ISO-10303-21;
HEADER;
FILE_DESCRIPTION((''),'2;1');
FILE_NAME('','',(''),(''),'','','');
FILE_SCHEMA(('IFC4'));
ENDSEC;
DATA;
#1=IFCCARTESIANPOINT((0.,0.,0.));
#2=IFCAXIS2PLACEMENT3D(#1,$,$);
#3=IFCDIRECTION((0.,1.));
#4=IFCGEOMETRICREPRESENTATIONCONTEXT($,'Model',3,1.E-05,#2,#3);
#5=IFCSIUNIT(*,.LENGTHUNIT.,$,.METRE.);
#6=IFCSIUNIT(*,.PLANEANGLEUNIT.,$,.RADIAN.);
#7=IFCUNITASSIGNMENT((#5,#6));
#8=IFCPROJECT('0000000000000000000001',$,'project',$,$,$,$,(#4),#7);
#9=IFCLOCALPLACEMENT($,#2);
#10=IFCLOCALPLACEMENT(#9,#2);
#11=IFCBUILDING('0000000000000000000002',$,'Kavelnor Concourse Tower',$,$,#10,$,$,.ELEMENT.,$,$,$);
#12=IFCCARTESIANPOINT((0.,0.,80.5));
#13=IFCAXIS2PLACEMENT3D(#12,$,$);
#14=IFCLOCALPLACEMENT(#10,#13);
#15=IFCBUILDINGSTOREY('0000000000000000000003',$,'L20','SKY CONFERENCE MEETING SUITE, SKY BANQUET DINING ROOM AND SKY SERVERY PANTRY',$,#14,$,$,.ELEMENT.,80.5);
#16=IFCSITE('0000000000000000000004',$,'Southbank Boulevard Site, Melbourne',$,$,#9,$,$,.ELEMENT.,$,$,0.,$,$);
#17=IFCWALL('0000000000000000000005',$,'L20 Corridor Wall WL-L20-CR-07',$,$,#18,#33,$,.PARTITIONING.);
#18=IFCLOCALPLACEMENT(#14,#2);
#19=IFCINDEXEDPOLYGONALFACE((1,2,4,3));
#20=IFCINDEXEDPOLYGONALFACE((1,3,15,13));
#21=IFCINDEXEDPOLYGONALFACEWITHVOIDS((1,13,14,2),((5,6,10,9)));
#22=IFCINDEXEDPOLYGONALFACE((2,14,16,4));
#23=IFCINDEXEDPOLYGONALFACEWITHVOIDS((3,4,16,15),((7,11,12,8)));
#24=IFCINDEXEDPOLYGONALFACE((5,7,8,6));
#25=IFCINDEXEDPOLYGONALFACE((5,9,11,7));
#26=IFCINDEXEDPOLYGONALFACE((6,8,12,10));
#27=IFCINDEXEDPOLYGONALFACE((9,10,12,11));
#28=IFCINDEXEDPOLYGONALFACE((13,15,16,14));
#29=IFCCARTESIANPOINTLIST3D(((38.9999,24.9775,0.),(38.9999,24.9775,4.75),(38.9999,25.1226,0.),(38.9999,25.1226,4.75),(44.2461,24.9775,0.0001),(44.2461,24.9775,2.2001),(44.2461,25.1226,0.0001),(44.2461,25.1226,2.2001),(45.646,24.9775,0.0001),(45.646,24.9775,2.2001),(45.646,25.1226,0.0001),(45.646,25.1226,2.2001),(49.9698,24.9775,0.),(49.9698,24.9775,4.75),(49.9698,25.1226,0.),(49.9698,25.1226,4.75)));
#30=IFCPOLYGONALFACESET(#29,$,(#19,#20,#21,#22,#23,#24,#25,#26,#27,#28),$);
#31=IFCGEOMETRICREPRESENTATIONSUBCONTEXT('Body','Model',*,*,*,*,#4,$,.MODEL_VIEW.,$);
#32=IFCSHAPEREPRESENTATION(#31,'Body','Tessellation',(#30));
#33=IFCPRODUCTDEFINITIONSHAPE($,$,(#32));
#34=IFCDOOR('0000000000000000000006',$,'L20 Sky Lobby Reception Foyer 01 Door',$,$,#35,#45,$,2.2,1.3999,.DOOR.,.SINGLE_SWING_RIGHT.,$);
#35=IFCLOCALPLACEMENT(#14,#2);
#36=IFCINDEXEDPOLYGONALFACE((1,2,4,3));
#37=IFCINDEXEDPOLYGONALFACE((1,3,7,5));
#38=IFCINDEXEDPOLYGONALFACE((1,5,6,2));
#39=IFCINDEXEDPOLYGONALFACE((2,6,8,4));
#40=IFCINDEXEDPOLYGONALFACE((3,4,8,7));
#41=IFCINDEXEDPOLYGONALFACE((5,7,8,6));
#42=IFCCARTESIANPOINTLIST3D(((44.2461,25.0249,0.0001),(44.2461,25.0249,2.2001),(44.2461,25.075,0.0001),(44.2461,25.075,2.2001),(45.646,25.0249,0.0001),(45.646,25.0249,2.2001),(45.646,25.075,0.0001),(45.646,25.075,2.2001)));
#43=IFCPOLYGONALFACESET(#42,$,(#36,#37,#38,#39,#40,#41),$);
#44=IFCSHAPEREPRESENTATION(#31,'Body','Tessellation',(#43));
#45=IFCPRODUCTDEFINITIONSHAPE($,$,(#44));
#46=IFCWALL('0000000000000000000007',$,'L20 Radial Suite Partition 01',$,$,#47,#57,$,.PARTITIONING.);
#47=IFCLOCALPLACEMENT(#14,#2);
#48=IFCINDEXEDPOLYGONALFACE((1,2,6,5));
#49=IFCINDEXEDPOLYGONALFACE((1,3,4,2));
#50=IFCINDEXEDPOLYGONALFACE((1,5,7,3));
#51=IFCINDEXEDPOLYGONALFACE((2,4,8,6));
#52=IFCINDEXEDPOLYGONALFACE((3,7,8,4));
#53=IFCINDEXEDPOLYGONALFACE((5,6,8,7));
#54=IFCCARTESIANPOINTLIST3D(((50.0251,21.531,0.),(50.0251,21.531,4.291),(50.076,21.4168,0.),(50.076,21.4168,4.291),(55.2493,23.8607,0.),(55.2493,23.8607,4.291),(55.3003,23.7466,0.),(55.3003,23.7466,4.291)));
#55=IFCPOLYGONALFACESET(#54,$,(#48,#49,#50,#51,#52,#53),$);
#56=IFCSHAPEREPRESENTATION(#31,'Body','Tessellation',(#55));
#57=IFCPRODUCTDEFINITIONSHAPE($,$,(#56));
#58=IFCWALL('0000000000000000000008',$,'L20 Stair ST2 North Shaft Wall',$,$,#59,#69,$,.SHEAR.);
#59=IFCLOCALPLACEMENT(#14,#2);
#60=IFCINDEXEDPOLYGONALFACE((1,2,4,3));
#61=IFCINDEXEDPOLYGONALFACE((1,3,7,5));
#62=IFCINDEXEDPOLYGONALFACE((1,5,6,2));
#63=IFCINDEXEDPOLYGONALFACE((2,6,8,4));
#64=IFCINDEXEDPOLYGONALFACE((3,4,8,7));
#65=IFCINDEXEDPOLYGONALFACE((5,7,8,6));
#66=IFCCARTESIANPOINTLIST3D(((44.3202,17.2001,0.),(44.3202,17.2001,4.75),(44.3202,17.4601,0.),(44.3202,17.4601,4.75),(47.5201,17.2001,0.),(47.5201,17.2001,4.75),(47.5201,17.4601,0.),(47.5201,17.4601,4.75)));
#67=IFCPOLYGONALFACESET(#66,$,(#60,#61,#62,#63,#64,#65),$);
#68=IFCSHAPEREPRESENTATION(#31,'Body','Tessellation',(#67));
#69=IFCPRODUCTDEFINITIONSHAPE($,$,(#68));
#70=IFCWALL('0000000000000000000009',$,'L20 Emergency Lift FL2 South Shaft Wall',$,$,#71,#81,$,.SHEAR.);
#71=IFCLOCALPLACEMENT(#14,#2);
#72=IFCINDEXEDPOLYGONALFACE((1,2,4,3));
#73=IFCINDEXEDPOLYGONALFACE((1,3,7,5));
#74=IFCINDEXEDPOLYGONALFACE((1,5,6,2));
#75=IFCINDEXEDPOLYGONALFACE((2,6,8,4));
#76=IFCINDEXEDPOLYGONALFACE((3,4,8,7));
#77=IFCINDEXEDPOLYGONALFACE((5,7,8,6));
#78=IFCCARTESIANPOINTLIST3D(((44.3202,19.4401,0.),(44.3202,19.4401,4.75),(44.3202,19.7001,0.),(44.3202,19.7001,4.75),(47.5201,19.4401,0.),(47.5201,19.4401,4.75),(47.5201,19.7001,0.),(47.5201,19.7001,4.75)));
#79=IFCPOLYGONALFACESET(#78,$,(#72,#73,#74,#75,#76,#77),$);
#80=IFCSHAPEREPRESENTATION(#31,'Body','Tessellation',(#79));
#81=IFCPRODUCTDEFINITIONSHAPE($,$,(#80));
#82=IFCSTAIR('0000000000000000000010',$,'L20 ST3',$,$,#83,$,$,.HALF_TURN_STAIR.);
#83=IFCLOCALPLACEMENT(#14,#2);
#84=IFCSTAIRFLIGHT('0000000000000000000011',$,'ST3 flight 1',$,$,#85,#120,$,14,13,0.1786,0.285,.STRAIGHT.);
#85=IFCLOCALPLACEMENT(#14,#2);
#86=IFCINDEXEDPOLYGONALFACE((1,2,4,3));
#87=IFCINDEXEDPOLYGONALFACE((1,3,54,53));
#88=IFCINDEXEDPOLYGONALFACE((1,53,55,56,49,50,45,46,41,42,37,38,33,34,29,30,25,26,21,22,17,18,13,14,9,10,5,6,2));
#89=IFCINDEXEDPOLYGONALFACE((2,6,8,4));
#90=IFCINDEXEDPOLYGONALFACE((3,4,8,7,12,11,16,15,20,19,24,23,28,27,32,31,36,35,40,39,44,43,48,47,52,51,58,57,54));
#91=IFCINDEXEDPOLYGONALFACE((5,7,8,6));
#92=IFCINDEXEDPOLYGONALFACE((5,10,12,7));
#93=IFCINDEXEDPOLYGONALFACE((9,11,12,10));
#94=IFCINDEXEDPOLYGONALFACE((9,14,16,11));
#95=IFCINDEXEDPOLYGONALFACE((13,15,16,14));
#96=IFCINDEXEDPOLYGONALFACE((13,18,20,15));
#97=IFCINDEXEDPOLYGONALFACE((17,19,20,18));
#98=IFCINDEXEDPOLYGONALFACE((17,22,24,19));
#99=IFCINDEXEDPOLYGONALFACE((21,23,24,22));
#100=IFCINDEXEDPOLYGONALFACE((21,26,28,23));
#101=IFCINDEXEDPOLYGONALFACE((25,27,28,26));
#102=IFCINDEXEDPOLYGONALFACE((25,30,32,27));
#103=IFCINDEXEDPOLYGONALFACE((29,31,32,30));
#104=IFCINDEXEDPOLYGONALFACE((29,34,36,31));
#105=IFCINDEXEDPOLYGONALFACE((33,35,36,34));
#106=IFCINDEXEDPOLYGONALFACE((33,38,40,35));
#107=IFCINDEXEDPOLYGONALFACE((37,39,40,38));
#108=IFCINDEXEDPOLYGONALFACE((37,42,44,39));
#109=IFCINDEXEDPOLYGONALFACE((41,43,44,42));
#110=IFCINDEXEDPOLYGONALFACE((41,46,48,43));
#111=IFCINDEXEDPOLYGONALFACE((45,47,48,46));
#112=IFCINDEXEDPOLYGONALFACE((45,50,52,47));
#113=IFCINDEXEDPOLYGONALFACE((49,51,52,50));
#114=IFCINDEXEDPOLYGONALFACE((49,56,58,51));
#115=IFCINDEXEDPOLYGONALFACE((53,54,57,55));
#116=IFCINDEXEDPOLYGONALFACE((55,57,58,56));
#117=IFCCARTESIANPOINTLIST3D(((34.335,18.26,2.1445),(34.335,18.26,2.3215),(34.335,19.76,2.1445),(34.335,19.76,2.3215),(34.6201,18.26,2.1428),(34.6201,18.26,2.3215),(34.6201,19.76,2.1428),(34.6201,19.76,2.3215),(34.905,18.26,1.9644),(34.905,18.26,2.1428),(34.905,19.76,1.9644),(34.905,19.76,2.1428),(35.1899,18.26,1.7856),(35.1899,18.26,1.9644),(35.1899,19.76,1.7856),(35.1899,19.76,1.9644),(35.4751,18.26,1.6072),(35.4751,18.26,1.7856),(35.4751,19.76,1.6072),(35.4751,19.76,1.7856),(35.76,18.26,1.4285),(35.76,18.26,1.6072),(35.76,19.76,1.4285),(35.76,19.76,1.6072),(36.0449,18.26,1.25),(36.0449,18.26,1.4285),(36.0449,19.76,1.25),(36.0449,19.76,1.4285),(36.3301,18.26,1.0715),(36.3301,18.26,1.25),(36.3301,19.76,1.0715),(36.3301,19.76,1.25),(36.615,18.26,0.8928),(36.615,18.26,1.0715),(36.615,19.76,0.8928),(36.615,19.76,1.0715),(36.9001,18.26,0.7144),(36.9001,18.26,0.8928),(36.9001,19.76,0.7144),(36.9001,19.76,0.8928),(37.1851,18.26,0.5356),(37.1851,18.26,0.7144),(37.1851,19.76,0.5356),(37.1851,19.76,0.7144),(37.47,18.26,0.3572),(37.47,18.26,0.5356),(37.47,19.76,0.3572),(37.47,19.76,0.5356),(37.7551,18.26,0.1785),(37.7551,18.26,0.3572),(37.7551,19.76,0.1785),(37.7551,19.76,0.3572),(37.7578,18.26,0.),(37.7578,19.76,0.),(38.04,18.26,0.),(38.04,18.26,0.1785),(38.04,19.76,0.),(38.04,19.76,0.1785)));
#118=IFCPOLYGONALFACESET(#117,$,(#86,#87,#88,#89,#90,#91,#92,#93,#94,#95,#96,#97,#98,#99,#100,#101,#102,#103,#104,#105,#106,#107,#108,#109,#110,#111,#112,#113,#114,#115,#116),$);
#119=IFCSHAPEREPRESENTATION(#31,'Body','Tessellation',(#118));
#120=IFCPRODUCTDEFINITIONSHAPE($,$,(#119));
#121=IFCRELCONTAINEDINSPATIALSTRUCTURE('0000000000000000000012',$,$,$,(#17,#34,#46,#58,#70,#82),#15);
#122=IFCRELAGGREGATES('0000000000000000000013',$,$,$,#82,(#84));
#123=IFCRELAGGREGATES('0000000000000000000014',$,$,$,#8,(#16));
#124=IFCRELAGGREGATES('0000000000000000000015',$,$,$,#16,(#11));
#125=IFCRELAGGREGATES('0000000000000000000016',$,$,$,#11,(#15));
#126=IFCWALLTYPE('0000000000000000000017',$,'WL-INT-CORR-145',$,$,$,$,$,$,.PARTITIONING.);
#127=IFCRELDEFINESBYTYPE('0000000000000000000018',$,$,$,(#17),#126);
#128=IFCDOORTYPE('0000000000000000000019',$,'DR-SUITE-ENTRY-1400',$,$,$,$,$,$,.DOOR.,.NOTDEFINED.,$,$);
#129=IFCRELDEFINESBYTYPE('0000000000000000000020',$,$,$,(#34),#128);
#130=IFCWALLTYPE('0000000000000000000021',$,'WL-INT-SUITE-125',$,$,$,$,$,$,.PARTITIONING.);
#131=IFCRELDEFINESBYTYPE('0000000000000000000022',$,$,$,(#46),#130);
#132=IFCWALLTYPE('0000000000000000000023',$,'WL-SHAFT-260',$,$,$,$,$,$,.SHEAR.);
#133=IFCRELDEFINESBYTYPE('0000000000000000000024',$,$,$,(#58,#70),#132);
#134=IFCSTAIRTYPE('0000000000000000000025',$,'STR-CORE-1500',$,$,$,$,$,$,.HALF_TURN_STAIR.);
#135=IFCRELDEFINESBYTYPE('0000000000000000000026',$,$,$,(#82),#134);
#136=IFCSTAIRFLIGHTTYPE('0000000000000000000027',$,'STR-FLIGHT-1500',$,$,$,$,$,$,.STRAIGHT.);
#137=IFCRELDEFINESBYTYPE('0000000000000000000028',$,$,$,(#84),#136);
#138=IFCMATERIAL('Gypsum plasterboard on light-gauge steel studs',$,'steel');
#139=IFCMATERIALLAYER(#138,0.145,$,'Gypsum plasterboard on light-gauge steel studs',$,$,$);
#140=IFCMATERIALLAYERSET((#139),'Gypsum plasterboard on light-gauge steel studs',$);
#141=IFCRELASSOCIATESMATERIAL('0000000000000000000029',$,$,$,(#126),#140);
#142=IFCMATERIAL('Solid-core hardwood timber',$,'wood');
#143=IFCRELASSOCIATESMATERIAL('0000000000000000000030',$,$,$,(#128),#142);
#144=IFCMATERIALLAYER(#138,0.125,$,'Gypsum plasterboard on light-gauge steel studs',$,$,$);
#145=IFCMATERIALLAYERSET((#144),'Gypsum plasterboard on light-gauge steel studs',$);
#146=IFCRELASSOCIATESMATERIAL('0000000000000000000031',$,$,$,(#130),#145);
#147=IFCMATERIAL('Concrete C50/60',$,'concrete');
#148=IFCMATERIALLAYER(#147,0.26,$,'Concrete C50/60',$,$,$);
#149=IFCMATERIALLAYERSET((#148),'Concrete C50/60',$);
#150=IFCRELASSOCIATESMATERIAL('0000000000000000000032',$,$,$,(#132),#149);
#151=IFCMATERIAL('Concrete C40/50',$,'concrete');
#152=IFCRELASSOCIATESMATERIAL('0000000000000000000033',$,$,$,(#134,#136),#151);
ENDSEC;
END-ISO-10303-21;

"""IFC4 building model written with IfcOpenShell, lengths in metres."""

from ifc_helpers import new_model, si_unit, direction, frame, frame_2d, origin, place, context, subcontext, project, spatial, polyline, rectangle, outline, extrude, material, layer, layer_set, type_object, element, fill, aggregate, save


model = new_model("IFC4")

# Units and contexts
model_context = context("Model", 3, precision=1e-05, world=origin(), true_north=direction((0.0, 1.0)))
body_context = subcontext(model_context, "Body", "Model", "MODEL_VIEW")
ifc_project = project(units=[si_unit("LENGTHUNIT", "METRE"), si_unit("PLANEANGLEUNIT", "RADIAN")], contexts=[model_context])

# Site, building, storey
site_placement = place(None, origin())
site = spatial("IfcSite", under=ifc_project, at=site_placement, Name="Southbank Boulevard Site, Melbourne", CompositionType="ELEMENT", RefElevation=0.0)
building_placement = place(site_placement, origin())
building = spatial("IfcBuilding", under=site, at=building_placement, Name="Kavelnor Concourse Tower", CompositionType="ELEMENT")
storey_placement = place(building_placement, frame((0.0, 0.0, 80.5)))
storey = spatial("IfcBuildingStorey", under=building, at=storey_placement, Name="L20", Description="SKY CONFERENCE MEETING SUITE, SKY BANQUET DINING ROOM AND SKY SERVERY PANTRY", CompositionType="ELEMENT", Elevation=80.5)

# Wall, opening, door
ifc_material_1 = material(Name="Gypsum plasterboard on light-gauge steel studs", Category="steel")
ifc_layer_1 = layer(ifc_material_1, 0.145, Name="Gypsum plasterboard on light-gauge steel studs")
ifc_layer_set_1 = layer_set([ifc_layer_1], Name="Gypsum plasterboard on light-gauge steel studs")
wall_type_1 = type_object("IfcWallType", Name="WL-INT-CORR-145", PredefinedType="PARTITIONING", material=ifc_layer_set_1)
wall_1_placement = place(storey_placement, frame((39.0, 25.05, 0.0), z_axis=(0.0, 0.0, 1.0), x_axis=(1.0, 0.0, 0.0)))
wall_1 = element("IfcWall", 1, at=wall_1_placement, inside=storey, type_object=wall_type_1, Name="L20 Corridor Wall WL-L20-CR-07", PredefinedType="PARTITIONING", context=body_context, shape_type="SweptSolid", body=[
    extrude(rectangle(XDim=10.97, YDim=0.145, at=frame_2d((5.4849, 0.0))), origin(), (0.0, 0.0, 1.0), 4.75),
])
opening_1_placement = place(wall_1_placement, frame((5.2461, 0.0, 0.0)))
opening_1 = element("IfcOpeningElement", 2, at=opening_1_placement, cuts=wall_1, PredefinedType="OPENING", context=body_context, shape_type="SweptSolid", body=[
    extrude(rectangle(XDim=1.3999, YDim=2.2, at=frame_2d((0.7, 1.1001))), frame((0.0, 0.0825, 0.0), z_axis=(0.0, -1.0, 0.0), x_axis=(1.0, 0.0, 0.0)), (0.0, 0.0, 1.0), 0.165),
])
ifc_material_2 = material(Name="Solid-core hardwood timber", Category="wood")
door_type_1 = type_object("IfcDoorType", Name="DR-SUITE-ENTRY-1400", OperationType="NOTDEFINED", PredefinedType="DOOR", material=ifc_material_2)
door_1_placement = place(opening_1_placement, origin())
door_1 = element("IfcDoor", 3, at=door_1_placement, inside=storey, type_object=door_type_1, Name="L20 Sky Lobby Reception Foyer 01 Door", OperationType="SINGLE_SWING_RIGHT", OverallHeight=2.2, OverallWidth=1.3999, PredefinedType="DOOR", context=body_context, shape_type="SweptSolid", body=[
    extrude(rectangle(XDim=1.3999, YDim=2.2, at=frame_2d((0.7, 1.1001))), frame((0.0, 0.0249, 0.0), z_axis=(0.0, -1.0, 0.0), x_axis=(1.0, 0.0, 0.0)), (0.0, 0.0, 1.0), 0.05),
])
fill(opening_1, door_1)

# Walls
ifc_layer_2 = layer(ifc_material_1, 0.125, Name="Gypsum plasterboard on light-gauge steel studs")
ifc_layer_set_2 = layer_set([ifc_layer_2], Name="Gypsum plasterboard on light-gauge steel studs")
wall_type_2 = type_object("IfcWallType", Name="WL-INT-SUITE-125", PredefinedType="PARTITIONING", material=ifc_layer_set_2)
wall_2_placement = place(storey_placement, frame((50.0505, 21.4739, 0.0), z_axis=(0.0, 0.0, 1.0), x_axis=(0.913299, 0.40729, 0.0)))
element("IfcWall", 4, at=wall_2_placement, inside=storey, type_object=wall_type_2, Name="L20 Radial Suite Partition 01", PredefinedType="PARTITIONING", context=body_context, shape_type="SweptSolid", body=[
    extrude(rectangle(XDim=5.7202, YDim=0.125, at=frame_2d((2.8601, 0.0))), origin(), (0.0, 0.0, 1.0), 4.291),
])
ifc_material_3 = material(Name="Concrete C50/60", Category="concrete")
ifc_layer_3 = layer(ifc_material_3, 0.26, Name="Concrete C50/60")
ifc_layer_set_3 = layer_set([ifc_layer_3], Name="Concrete C50/60")
wall_type_3 = type_object("IfcWallType", Name="WL-SHAFT-260", PredefinedType="SHEAR", material=ifc_layer_set_3)
for number, where, z_axis, x_axis, name in (
    (5, (44.3201, 17.3301, 0.0), (0.0, 0.0, 1.0), (1.0, 0.0, 0.0), "L20 Stair ST2 North Shaft Wall"),
    (6, (44.3201, 19.5701, 0.0), (0.0, 0.0, 1.0), (1.0, 0.0, 0.0), "L20 Emergency Lift FL2 South Shaft Wall"),
):
    element("IfcWall", number, at=place(storey_placement, frame(where, z_axis=z_axis, x_axis=x_axis)), inside=storey, type_object=wall_type_3, Name=name, PredefinedType="SHEAR", context=body_context, shape_type="SweptSolid", body=[
        extrude(rectangle(XDim=3.2, YDim=0.26, at=frame_2d((1.6001, 0.0))), origin(), (0.0, 0.0, 1.0), 4.75),
    ])

# Stair, stair flight
ifc_material_4 = material(Name="Concrete C40/50", Category="concrete")
stair_type = type_object("IfcStairType", Name="STR-CORE-1500", PredefinedType="HALF_TURN_STAIR", material=ifc_material_4)
stair_placement = place(storey_placement, origin())
stair = element("IfcStair", 7, at=stair_placement, inside=storey, type_object=stair_type, Name="L20 ST3", PredefinedType="HALF_TURN_STAIR")
stair_flight_type = type_object("IfcStairFlightType", Name="STR-FLIGHT-1500", PredefinedType="STRAIGHT", material=ifc_material_4)
stair_flight_placement = place(storey_placement, frame((38.04, 19.01, 0.0), z_axis=(0.0, 0.0, 1.0), x_axis=(-1.0, 0.0, 0.0)))
stair_flight = element("IfcStairFlight", 8, at=stair_flight_placement, type_object=stair_flight_type, Name="ST3 flight 1", NumberOfRisers=14, NumberOfTreads=13, PredefinedType="STRAIGHT", RiserHeight=0.1786, TreadLength=0.285, context=body_context, shape_type="SweptSolid", body=[
    extrude(outline(polyline([(0.0, 0.0), (0.0, 0.1785), (0.2849, 0.1785), (0.2849, 0.3572), (0.5701, 0.3572), (0.5701, 0.5356), (0.855, 0.5356), (0.855, 0.7144), (1.1399, 0.7144), (1.1399, 0.8928), (1.425, 0.8928), (1.425, 1.0715), (1.71, 1.0715), (1.71, 1.25), (1.9951, 1.25), (1.9951, 1.4285), (2.28, 1.4285), (2.28, 1.6072), (2.5649, 1.6072), (2.5649, 1.7856), (2.8501, 1.7856), (2.8501, 1.9644), (3.135, 1.9644), (3.135, 2.1428), (3.4199, 2.1428), (3.4199, 2.3215), (3.7051, 2.3215), (3.7051, 2.5), (3.7051, 2.1445), (0.2822, 0.0), (0.0, 0.0)])), frame((0.0, 0.75, 0.0), z_axis=(0.0, -1.0, 0.0), x_axis=(1.0, 0.0, 0.0)), (0.0, 0.0, 1.0), 1.5),
])
aggregate(stair, [stair_flight])

save(model, "model.ifc")
